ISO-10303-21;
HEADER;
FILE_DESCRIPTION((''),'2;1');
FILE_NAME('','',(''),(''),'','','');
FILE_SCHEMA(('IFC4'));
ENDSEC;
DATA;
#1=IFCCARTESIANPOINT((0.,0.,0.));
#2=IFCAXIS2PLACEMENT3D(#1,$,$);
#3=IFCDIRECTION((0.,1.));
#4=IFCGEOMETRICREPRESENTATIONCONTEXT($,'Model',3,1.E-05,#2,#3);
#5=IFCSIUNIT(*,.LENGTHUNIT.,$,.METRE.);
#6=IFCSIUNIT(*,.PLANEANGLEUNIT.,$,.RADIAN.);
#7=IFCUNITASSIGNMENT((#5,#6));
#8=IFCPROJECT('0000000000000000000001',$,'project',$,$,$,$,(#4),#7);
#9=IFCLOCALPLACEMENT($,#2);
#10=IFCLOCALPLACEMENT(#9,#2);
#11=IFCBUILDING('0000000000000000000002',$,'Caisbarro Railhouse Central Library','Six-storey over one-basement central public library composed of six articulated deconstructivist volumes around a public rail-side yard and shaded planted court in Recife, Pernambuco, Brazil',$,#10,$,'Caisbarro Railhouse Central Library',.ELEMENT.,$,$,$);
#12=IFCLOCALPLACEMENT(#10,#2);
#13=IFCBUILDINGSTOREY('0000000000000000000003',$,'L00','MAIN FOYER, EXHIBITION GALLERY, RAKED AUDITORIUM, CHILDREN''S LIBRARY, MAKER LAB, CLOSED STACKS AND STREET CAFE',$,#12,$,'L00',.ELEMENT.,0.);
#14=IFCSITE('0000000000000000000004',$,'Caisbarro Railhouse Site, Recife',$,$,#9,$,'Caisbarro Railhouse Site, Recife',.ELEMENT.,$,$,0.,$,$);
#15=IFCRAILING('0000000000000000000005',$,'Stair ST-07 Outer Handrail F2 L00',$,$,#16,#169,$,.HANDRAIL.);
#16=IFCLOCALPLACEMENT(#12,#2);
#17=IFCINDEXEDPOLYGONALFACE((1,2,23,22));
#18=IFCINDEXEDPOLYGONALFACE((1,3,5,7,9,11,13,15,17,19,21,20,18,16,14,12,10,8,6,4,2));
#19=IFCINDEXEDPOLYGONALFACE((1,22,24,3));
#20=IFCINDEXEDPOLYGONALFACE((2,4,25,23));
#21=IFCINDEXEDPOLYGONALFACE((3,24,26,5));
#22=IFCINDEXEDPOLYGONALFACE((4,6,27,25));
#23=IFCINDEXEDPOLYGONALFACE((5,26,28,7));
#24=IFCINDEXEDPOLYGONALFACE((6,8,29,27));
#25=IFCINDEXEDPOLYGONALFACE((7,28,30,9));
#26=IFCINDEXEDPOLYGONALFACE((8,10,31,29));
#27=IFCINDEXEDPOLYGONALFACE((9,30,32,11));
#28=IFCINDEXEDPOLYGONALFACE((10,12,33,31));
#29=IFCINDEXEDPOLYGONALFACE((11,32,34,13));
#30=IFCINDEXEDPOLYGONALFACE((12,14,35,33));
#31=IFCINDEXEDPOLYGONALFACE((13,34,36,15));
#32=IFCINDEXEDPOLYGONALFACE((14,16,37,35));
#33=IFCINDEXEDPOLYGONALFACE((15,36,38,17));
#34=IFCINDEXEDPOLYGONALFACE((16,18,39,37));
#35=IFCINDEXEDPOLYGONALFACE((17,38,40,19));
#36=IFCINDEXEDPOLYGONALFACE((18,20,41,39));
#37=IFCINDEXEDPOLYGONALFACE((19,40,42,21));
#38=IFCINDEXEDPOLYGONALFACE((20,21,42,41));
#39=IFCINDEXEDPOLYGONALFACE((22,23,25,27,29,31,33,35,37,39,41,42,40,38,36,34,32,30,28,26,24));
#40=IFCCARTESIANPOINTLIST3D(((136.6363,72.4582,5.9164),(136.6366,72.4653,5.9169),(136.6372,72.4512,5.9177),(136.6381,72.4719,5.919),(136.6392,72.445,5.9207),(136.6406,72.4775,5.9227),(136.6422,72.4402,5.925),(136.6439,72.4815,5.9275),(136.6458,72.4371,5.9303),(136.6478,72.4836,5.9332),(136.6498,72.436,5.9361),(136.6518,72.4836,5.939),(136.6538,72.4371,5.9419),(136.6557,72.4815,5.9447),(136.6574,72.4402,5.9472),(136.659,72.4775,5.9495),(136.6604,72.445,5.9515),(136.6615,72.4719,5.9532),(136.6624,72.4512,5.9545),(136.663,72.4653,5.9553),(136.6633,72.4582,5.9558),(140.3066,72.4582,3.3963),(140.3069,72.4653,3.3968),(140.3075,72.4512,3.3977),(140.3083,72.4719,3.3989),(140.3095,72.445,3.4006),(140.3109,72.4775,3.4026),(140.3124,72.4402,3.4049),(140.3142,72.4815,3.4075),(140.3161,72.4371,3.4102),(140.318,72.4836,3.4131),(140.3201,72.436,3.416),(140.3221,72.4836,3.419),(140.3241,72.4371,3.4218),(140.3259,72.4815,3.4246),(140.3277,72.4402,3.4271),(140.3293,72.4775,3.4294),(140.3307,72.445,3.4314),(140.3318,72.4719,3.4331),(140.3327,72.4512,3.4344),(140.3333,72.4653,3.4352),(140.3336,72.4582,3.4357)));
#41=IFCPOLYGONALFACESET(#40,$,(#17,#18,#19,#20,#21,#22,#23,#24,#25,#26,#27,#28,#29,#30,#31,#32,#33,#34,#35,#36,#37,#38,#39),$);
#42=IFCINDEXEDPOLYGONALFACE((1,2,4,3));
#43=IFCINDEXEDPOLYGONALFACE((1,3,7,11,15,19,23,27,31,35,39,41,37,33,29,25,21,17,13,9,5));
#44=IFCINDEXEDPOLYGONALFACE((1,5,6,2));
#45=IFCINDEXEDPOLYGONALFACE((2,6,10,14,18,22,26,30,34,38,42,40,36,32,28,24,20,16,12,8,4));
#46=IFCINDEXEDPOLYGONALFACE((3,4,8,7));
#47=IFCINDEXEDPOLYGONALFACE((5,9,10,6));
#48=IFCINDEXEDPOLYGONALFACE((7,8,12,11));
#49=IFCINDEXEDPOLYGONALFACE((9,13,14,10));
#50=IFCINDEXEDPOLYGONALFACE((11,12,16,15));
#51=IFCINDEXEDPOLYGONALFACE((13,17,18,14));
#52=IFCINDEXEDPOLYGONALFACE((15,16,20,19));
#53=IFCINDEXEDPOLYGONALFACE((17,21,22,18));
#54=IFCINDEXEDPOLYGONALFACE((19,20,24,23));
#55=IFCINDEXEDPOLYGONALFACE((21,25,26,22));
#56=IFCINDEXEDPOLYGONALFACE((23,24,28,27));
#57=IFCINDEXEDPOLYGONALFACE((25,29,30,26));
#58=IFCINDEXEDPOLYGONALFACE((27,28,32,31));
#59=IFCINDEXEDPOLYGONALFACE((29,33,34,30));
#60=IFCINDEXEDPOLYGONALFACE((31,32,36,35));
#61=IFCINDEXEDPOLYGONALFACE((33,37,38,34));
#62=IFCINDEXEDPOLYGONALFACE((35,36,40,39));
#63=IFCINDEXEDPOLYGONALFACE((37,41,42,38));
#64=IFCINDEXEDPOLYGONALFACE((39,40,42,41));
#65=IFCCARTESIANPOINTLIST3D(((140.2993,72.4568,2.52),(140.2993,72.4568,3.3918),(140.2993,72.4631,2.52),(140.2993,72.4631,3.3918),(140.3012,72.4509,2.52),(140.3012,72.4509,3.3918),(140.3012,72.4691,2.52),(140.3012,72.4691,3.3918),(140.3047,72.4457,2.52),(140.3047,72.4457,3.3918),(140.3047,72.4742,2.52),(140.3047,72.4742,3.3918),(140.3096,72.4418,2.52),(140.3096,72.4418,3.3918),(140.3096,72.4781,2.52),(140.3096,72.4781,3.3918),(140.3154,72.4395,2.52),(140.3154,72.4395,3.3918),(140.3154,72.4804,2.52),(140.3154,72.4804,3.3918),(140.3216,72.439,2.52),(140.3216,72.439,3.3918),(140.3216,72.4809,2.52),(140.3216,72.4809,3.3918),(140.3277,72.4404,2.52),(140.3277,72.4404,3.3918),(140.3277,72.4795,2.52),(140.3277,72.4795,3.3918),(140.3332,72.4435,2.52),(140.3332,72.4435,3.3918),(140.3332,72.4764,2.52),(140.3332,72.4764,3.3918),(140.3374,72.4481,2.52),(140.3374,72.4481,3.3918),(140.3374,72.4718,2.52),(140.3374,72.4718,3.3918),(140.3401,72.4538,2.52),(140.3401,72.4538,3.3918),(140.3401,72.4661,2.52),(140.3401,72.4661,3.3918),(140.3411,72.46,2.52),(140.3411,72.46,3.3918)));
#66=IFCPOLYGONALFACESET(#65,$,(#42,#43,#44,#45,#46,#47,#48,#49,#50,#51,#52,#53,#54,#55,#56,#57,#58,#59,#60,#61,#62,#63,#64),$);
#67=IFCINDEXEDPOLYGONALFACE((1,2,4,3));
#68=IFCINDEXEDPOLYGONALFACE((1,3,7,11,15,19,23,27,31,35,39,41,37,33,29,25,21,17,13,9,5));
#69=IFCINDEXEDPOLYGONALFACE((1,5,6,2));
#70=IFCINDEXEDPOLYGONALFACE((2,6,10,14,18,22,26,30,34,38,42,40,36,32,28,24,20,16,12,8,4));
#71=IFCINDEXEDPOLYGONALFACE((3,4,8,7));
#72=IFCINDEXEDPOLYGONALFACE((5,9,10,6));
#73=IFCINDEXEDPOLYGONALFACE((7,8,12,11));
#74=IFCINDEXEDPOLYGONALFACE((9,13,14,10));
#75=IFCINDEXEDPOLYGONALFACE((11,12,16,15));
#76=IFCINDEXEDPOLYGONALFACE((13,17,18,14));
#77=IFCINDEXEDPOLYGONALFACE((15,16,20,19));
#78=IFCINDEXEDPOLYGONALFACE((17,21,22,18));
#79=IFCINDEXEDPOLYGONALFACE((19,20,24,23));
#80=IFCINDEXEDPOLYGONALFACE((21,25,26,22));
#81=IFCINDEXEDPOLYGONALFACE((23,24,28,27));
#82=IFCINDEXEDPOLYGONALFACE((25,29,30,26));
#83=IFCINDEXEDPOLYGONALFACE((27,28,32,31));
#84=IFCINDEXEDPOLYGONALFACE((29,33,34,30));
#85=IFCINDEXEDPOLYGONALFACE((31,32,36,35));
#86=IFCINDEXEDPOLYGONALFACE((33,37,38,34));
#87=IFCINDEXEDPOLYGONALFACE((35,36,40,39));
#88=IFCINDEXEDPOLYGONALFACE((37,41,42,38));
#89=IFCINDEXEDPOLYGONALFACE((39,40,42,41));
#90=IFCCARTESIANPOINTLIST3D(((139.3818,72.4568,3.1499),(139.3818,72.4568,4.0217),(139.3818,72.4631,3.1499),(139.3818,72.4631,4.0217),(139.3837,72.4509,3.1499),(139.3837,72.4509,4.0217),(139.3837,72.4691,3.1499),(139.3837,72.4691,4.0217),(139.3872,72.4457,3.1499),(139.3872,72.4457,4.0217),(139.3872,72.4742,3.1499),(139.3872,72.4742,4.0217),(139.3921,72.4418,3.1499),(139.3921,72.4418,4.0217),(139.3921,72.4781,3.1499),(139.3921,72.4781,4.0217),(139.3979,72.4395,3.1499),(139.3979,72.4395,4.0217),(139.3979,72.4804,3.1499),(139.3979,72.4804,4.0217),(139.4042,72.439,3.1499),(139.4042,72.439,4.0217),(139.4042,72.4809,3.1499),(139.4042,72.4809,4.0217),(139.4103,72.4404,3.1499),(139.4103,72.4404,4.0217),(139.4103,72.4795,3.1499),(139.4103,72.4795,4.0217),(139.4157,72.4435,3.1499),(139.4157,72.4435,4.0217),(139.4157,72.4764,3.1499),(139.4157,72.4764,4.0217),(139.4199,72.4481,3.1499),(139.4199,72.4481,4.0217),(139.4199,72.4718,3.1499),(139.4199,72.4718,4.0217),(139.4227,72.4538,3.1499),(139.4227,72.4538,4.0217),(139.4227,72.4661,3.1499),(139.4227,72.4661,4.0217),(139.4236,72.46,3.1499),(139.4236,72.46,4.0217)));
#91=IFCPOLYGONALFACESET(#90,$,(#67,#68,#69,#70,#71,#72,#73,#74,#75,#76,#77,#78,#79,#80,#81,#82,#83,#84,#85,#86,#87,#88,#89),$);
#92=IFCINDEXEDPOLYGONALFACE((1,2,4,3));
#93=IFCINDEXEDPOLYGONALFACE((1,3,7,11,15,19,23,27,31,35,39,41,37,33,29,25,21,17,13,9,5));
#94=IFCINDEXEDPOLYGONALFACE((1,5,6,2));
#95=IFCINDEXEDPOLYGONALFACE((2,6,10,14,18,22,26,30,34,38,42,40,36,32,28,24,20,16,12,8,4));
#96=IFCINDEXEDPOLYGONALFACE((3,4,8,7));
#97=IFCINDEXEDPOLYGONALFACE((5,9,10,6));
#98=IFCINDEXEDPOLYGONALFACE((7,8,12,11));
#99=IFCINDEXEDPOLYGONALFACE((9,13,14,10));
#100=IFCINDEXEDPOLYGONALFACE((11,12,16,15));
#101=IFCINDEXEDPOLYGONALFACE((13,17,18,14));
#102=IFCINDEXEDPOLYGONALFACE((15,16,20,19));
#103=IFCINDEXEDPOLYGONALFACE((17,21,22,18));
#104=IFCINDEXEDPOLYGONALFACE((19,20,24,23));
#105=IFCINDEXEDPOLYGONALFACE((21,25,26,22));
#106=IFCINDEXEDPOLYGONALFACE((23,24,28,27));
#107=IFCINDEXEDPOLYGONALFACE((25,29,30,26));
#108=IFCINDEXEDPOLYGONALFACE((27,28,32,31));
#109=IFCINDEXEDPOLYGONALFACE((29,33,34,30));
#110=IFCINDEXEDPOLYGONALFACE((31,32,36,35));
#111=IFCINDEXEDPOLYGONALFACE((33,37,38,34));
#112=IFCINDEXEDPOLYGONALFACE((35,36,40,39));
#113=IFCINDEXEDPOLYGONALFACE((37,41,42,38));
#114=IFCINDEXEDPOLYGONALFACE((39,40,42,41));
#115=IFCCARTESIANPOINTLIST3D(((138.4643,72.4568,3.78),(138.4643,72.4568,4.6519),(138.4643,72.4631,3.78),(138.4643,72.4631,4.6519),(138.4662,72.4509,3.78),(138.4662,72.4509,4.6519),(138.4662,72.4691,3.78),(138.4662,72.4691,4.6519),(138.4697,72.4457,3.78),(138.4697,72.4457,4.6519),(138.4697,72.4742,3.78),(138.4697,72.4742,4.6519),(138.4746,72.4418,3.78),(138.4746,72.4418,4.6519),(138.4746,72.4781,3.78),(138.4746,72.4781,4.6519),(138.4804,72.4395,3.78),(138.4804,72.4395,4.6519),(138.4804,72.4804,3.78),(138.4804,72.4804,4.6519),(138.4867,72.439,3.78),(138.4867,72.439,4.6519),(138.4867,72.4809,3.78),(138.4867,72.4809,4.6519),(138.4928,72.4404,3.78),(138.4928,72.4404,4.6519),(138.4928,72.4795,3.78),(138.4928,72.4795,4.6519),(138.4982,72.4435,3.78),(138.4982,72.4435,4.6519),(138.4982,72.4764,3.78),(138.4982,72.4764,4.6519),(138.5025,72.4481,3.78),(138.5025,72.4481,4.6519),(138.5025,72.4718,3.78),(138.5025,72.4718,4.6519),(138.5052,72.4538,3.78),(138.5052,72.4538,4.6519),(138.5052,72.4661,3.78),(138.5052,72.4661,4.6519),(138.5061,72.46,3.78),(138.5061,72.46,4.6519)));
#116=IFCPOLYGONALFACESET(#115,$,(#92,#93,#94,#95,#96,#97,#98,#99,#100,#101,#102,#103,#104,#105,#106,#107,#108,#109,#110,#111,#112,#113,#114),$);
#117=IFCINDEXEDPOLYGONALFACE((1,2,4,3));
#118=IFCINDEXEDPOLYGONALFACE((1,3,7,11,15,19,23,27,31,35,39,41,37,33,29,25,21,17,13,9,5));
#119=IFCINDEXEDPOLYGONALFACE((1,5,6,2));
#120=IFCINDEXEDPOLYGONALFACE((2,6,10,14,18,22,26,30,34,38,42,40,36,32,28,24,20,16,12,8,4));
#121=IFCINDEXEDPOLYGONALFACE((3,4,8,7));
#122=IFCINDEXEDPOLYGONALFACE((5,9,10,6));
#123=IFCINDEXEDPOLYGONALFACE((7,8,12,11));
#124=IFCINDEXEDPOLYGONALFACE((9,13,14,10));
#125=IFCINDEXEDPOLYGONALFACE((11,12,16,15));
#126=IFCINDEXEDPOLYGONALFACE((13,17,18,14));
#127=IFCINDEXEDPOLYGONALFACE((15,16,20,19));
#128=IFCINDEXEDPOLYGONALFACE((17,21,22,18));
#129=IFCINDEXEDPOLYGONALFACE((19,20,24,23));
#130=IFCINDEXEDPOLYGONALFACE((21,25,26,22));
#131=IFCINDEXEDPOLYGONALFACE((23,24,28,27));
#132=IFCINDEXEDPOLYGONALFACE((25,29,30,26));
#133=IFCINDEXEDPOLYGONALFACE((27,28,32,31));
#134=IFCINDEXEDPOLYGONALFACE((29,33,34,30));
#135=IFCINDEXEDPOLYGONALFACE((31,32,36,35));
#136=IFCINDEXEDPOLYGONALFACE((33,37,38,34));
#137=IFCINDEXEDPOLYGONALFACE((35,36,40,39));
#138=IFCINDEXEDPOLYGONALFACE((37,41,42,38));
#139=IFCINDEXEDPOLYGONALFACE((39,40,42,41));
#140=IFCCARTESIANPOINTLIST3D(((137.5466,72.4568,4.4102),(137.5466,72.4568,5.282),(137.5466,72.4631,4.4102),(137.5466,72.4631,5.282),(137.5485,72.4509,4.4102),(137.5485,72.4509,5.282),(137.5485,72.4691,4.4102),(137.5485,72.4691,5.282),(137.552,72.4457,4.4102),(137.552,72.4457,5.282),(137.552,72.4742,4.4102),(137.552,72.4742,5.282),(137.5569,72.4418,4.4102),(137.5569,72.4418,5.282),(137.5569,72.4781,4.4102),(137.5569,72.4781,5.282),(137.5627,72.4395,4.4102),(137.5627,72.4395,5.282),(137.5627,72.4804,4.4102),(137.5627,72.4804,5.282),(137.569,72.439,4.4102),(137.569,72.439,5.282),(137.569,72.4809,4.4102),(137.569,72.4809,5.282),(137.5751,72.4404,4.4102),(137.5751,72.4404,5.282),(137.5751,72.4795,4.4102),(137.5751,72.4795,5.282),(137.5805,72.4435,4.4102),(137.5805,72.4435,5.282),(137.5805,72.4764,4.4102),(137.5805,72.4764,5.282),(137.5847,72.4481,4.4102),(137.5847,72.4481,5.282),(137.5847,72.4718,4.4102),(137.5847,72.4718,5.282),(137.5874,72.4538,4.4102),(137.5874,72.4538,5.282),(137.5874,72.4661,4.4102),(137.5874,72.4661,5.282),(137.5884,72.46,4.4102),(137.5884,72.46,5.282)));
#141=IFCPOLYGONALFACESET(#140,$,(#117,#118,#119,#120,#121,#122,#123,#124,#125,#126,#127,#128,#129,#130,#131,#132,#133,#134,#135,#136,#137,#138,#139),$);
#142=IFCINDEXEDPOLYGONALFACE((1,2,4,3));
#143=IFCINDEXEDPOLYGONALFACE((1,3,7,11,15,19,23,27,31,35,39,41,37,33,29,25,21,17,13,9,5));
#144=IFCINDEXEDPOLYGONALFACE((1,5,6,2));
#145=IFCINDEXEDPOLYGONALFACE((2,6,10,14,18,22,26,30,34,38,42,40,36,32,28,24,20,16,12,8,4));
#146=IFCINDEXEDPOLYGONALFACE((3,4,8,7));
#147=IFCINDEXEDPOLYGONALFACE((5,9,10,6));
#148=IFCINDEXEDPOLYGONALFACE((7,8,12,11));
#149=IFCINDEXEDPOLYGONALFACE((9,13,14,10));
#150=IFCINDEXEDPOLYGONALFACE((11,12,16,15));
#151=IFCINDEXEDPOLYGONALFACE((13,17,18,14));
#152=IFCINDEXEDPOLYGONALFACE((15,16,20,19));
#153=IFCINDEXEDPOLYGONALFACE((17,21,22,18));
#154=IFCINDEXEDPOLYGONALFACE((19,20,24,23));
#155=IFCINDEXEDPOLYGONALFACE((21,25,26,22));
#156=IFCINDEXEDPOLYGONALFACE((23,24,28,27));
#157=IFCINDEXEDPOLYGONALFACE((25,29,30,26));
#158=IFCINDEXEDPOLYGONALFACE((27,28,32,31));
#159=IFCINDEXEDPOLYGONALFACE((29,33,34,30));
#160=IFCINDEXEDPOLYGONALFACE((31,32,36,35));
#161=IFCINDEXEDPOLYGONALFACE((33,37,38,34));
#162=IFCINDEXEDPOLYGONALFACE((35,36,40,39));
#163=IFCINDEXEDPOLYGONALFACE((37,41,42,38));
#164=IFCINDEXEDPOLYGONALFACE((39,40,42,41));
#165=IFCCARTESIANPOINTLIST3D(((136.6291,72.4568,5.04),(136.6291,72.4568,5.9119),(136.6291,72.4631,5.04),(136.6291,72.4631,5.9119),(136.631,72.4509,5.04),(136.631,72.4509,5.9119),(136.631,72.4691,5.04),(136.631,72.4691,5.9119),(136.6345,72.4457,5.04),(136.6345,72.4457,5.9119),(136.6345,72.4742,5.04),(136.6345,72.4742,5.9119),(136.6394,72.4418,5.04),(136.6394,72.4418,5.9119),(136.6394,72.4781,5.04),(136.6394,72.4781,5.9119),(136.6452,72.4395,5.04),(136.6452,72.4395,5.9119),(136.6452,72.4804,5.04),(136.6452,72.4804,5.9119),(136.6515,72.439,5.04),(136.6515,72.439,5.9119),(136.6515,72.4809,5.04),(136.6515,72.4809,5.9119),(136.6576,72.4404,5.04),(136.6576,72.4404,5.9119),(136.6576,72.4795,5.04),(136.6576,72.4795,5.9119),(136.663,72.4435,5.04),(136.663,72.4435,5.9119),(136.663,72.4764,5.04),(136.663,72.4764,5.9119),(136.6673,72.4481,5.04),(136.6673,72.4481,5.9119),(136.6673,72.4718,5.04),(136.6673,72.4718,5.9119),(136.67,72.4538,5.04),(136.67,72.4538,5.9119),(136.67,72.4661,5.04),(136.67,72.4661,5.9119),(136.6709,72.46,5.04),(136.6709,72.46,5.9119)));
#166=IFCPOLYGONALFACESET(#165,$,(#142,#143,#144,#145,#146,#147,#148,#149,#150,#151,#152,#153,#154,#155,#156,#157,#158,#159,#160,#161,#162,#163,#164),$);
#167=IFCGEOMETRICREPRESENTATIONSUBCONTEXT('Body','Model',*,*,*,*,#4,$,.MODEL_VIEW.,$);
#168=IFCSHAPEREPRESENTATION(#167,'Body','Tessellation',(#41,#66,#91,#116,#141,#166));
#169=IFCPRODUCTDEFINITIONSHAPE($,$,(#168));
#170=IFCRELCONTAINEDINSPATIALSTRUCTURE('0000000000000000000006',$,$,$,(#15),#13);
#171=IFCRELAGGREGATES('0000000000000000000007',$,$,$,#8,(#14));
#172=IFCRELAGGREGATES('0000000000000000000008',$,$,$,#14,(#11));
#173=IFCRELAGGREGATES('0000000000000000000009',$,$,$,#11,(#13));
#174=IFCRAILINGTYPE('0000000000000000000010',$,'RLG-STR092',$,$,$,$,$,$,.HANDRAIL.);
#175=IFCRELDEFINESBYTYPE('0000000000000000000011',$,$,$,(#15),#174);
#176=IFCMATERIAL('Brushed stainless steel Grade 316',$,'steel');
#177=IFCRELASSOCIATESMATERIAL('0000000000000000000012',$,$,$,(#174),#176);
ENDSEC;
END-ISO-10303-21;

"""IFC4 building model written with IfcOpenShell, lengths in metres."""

from ifc_helpers import new_model, si_unit, direction, frame, origin, origin_2d, place, context, subcontext, project, spatial, circle, extrude, material, type_object, element, save


model = new_model("IFC4")

# Units and contexts
model_context = context("Model", 3, precision=1e-05, world=origin(), true_north=direction((0.0, 1.0)))
body_context = subcontext(model_context, "Body", "Model", "MODEL_VIEW")
ifc_project = project(units=[si_unit("LENGTHUNIT", "METRE"), si_unit("PLANEANGLEUNIT", "RADIAN")], contexts=[model_context])

# Site, building, storey
site_placement = place(None, origin())
site = spatial("IfcSite", under=ifc_project, at=site_placement, Name="Caisbarro Railhouse Site, Recife", LongName="Caisbarro Railhouse Site, Recife", CompositionType="ELEMENT", RefElevation=0.0)
building_placement = place(site_placement, origin())
building = spatial("IfcBuilding", under=site, at=building_placement, Name="Caisbarro Railhouse Central Library", Description="Six-storey over one-basement central public library composed of six articulated deconstructivist volumes around a public rail-side yard and shaded planted court in Recife, Pernambuco, Brazil", LongName="Caisbarro Railhouse Central Library", CompositionType="ELEMENT")
storey_placement = place(building_placement, origin())
storey = spatial("IfcBuildingStorey", under=building, at=storey_placement, Name="L00", Description="MAIN FOYER, EXHIBITION GALLERY, RAKED AUDITORIUM, CHILDREN'S LIBRARY, MAKER LAB, CLOSED STACKS AND STREET CAFE", LongName="L00", CompositionType="ELEMENT", Elevation=0.0)

# Railing
ifc_material_1 = material(Name="Brushed stainless steel Grade 316", Category="steel")
railing_type_1 = type_object("IfcRailingType", Name="RLG-STR092", PredefinedType="HANDRAIL", material=ifc_material_1)
railing_1_placement = place(storey_placement, frame((140.3201, 72.46, 2.52)))
element("IfcRailing", 1, at=railing_1_placement, inside=storey, type_object=railing_type_1, Name="Stair ST-07 Outer Handrail F2 L00", PredefinedType="HANDRAIL", context=body_context, shape_type="SweptSolid", body=[
    extrude(circle(Radius=0.0239, at=origin_2d()), frame((0.0, 0.0, 0.896), z_axis=(-0.824379, 0.0, 0.566038), x_axis=(0.0, -1.0, 0.0)), (0.0, 0.0, 1.0), 4.4521),
    extrude(circle(Radius=0.021, at=origin_2d()), origin(), (0.0, 0.0, 1.0), 0.8718),
    extrude(circle(Radius=0.021, at=origin_2d()), frame((-0.9175, 0.0, 0.6299)), (0.0, 0.0, 1.0), 0.8718),
    extrude(circle(Radius=0.021, at=origin_2d()), frame((-1.835, 0.0, 1.26)), (0.0, 0.0, 1.0), 0.8718),
    extrude(circle(Radius=0.021, at=origin_2d()), frame((-2.7527, 0.0, 1.8901)), (0.0, 0.0, 1.0), 0.8718),
    extrude(circle(Radius=0.021, at=origin_2d()), frame((-3.6702, 0.0, 2.52)), (0.0, 0.0, 1.0), 0.8718),
])

save(model, "model.ifc")
